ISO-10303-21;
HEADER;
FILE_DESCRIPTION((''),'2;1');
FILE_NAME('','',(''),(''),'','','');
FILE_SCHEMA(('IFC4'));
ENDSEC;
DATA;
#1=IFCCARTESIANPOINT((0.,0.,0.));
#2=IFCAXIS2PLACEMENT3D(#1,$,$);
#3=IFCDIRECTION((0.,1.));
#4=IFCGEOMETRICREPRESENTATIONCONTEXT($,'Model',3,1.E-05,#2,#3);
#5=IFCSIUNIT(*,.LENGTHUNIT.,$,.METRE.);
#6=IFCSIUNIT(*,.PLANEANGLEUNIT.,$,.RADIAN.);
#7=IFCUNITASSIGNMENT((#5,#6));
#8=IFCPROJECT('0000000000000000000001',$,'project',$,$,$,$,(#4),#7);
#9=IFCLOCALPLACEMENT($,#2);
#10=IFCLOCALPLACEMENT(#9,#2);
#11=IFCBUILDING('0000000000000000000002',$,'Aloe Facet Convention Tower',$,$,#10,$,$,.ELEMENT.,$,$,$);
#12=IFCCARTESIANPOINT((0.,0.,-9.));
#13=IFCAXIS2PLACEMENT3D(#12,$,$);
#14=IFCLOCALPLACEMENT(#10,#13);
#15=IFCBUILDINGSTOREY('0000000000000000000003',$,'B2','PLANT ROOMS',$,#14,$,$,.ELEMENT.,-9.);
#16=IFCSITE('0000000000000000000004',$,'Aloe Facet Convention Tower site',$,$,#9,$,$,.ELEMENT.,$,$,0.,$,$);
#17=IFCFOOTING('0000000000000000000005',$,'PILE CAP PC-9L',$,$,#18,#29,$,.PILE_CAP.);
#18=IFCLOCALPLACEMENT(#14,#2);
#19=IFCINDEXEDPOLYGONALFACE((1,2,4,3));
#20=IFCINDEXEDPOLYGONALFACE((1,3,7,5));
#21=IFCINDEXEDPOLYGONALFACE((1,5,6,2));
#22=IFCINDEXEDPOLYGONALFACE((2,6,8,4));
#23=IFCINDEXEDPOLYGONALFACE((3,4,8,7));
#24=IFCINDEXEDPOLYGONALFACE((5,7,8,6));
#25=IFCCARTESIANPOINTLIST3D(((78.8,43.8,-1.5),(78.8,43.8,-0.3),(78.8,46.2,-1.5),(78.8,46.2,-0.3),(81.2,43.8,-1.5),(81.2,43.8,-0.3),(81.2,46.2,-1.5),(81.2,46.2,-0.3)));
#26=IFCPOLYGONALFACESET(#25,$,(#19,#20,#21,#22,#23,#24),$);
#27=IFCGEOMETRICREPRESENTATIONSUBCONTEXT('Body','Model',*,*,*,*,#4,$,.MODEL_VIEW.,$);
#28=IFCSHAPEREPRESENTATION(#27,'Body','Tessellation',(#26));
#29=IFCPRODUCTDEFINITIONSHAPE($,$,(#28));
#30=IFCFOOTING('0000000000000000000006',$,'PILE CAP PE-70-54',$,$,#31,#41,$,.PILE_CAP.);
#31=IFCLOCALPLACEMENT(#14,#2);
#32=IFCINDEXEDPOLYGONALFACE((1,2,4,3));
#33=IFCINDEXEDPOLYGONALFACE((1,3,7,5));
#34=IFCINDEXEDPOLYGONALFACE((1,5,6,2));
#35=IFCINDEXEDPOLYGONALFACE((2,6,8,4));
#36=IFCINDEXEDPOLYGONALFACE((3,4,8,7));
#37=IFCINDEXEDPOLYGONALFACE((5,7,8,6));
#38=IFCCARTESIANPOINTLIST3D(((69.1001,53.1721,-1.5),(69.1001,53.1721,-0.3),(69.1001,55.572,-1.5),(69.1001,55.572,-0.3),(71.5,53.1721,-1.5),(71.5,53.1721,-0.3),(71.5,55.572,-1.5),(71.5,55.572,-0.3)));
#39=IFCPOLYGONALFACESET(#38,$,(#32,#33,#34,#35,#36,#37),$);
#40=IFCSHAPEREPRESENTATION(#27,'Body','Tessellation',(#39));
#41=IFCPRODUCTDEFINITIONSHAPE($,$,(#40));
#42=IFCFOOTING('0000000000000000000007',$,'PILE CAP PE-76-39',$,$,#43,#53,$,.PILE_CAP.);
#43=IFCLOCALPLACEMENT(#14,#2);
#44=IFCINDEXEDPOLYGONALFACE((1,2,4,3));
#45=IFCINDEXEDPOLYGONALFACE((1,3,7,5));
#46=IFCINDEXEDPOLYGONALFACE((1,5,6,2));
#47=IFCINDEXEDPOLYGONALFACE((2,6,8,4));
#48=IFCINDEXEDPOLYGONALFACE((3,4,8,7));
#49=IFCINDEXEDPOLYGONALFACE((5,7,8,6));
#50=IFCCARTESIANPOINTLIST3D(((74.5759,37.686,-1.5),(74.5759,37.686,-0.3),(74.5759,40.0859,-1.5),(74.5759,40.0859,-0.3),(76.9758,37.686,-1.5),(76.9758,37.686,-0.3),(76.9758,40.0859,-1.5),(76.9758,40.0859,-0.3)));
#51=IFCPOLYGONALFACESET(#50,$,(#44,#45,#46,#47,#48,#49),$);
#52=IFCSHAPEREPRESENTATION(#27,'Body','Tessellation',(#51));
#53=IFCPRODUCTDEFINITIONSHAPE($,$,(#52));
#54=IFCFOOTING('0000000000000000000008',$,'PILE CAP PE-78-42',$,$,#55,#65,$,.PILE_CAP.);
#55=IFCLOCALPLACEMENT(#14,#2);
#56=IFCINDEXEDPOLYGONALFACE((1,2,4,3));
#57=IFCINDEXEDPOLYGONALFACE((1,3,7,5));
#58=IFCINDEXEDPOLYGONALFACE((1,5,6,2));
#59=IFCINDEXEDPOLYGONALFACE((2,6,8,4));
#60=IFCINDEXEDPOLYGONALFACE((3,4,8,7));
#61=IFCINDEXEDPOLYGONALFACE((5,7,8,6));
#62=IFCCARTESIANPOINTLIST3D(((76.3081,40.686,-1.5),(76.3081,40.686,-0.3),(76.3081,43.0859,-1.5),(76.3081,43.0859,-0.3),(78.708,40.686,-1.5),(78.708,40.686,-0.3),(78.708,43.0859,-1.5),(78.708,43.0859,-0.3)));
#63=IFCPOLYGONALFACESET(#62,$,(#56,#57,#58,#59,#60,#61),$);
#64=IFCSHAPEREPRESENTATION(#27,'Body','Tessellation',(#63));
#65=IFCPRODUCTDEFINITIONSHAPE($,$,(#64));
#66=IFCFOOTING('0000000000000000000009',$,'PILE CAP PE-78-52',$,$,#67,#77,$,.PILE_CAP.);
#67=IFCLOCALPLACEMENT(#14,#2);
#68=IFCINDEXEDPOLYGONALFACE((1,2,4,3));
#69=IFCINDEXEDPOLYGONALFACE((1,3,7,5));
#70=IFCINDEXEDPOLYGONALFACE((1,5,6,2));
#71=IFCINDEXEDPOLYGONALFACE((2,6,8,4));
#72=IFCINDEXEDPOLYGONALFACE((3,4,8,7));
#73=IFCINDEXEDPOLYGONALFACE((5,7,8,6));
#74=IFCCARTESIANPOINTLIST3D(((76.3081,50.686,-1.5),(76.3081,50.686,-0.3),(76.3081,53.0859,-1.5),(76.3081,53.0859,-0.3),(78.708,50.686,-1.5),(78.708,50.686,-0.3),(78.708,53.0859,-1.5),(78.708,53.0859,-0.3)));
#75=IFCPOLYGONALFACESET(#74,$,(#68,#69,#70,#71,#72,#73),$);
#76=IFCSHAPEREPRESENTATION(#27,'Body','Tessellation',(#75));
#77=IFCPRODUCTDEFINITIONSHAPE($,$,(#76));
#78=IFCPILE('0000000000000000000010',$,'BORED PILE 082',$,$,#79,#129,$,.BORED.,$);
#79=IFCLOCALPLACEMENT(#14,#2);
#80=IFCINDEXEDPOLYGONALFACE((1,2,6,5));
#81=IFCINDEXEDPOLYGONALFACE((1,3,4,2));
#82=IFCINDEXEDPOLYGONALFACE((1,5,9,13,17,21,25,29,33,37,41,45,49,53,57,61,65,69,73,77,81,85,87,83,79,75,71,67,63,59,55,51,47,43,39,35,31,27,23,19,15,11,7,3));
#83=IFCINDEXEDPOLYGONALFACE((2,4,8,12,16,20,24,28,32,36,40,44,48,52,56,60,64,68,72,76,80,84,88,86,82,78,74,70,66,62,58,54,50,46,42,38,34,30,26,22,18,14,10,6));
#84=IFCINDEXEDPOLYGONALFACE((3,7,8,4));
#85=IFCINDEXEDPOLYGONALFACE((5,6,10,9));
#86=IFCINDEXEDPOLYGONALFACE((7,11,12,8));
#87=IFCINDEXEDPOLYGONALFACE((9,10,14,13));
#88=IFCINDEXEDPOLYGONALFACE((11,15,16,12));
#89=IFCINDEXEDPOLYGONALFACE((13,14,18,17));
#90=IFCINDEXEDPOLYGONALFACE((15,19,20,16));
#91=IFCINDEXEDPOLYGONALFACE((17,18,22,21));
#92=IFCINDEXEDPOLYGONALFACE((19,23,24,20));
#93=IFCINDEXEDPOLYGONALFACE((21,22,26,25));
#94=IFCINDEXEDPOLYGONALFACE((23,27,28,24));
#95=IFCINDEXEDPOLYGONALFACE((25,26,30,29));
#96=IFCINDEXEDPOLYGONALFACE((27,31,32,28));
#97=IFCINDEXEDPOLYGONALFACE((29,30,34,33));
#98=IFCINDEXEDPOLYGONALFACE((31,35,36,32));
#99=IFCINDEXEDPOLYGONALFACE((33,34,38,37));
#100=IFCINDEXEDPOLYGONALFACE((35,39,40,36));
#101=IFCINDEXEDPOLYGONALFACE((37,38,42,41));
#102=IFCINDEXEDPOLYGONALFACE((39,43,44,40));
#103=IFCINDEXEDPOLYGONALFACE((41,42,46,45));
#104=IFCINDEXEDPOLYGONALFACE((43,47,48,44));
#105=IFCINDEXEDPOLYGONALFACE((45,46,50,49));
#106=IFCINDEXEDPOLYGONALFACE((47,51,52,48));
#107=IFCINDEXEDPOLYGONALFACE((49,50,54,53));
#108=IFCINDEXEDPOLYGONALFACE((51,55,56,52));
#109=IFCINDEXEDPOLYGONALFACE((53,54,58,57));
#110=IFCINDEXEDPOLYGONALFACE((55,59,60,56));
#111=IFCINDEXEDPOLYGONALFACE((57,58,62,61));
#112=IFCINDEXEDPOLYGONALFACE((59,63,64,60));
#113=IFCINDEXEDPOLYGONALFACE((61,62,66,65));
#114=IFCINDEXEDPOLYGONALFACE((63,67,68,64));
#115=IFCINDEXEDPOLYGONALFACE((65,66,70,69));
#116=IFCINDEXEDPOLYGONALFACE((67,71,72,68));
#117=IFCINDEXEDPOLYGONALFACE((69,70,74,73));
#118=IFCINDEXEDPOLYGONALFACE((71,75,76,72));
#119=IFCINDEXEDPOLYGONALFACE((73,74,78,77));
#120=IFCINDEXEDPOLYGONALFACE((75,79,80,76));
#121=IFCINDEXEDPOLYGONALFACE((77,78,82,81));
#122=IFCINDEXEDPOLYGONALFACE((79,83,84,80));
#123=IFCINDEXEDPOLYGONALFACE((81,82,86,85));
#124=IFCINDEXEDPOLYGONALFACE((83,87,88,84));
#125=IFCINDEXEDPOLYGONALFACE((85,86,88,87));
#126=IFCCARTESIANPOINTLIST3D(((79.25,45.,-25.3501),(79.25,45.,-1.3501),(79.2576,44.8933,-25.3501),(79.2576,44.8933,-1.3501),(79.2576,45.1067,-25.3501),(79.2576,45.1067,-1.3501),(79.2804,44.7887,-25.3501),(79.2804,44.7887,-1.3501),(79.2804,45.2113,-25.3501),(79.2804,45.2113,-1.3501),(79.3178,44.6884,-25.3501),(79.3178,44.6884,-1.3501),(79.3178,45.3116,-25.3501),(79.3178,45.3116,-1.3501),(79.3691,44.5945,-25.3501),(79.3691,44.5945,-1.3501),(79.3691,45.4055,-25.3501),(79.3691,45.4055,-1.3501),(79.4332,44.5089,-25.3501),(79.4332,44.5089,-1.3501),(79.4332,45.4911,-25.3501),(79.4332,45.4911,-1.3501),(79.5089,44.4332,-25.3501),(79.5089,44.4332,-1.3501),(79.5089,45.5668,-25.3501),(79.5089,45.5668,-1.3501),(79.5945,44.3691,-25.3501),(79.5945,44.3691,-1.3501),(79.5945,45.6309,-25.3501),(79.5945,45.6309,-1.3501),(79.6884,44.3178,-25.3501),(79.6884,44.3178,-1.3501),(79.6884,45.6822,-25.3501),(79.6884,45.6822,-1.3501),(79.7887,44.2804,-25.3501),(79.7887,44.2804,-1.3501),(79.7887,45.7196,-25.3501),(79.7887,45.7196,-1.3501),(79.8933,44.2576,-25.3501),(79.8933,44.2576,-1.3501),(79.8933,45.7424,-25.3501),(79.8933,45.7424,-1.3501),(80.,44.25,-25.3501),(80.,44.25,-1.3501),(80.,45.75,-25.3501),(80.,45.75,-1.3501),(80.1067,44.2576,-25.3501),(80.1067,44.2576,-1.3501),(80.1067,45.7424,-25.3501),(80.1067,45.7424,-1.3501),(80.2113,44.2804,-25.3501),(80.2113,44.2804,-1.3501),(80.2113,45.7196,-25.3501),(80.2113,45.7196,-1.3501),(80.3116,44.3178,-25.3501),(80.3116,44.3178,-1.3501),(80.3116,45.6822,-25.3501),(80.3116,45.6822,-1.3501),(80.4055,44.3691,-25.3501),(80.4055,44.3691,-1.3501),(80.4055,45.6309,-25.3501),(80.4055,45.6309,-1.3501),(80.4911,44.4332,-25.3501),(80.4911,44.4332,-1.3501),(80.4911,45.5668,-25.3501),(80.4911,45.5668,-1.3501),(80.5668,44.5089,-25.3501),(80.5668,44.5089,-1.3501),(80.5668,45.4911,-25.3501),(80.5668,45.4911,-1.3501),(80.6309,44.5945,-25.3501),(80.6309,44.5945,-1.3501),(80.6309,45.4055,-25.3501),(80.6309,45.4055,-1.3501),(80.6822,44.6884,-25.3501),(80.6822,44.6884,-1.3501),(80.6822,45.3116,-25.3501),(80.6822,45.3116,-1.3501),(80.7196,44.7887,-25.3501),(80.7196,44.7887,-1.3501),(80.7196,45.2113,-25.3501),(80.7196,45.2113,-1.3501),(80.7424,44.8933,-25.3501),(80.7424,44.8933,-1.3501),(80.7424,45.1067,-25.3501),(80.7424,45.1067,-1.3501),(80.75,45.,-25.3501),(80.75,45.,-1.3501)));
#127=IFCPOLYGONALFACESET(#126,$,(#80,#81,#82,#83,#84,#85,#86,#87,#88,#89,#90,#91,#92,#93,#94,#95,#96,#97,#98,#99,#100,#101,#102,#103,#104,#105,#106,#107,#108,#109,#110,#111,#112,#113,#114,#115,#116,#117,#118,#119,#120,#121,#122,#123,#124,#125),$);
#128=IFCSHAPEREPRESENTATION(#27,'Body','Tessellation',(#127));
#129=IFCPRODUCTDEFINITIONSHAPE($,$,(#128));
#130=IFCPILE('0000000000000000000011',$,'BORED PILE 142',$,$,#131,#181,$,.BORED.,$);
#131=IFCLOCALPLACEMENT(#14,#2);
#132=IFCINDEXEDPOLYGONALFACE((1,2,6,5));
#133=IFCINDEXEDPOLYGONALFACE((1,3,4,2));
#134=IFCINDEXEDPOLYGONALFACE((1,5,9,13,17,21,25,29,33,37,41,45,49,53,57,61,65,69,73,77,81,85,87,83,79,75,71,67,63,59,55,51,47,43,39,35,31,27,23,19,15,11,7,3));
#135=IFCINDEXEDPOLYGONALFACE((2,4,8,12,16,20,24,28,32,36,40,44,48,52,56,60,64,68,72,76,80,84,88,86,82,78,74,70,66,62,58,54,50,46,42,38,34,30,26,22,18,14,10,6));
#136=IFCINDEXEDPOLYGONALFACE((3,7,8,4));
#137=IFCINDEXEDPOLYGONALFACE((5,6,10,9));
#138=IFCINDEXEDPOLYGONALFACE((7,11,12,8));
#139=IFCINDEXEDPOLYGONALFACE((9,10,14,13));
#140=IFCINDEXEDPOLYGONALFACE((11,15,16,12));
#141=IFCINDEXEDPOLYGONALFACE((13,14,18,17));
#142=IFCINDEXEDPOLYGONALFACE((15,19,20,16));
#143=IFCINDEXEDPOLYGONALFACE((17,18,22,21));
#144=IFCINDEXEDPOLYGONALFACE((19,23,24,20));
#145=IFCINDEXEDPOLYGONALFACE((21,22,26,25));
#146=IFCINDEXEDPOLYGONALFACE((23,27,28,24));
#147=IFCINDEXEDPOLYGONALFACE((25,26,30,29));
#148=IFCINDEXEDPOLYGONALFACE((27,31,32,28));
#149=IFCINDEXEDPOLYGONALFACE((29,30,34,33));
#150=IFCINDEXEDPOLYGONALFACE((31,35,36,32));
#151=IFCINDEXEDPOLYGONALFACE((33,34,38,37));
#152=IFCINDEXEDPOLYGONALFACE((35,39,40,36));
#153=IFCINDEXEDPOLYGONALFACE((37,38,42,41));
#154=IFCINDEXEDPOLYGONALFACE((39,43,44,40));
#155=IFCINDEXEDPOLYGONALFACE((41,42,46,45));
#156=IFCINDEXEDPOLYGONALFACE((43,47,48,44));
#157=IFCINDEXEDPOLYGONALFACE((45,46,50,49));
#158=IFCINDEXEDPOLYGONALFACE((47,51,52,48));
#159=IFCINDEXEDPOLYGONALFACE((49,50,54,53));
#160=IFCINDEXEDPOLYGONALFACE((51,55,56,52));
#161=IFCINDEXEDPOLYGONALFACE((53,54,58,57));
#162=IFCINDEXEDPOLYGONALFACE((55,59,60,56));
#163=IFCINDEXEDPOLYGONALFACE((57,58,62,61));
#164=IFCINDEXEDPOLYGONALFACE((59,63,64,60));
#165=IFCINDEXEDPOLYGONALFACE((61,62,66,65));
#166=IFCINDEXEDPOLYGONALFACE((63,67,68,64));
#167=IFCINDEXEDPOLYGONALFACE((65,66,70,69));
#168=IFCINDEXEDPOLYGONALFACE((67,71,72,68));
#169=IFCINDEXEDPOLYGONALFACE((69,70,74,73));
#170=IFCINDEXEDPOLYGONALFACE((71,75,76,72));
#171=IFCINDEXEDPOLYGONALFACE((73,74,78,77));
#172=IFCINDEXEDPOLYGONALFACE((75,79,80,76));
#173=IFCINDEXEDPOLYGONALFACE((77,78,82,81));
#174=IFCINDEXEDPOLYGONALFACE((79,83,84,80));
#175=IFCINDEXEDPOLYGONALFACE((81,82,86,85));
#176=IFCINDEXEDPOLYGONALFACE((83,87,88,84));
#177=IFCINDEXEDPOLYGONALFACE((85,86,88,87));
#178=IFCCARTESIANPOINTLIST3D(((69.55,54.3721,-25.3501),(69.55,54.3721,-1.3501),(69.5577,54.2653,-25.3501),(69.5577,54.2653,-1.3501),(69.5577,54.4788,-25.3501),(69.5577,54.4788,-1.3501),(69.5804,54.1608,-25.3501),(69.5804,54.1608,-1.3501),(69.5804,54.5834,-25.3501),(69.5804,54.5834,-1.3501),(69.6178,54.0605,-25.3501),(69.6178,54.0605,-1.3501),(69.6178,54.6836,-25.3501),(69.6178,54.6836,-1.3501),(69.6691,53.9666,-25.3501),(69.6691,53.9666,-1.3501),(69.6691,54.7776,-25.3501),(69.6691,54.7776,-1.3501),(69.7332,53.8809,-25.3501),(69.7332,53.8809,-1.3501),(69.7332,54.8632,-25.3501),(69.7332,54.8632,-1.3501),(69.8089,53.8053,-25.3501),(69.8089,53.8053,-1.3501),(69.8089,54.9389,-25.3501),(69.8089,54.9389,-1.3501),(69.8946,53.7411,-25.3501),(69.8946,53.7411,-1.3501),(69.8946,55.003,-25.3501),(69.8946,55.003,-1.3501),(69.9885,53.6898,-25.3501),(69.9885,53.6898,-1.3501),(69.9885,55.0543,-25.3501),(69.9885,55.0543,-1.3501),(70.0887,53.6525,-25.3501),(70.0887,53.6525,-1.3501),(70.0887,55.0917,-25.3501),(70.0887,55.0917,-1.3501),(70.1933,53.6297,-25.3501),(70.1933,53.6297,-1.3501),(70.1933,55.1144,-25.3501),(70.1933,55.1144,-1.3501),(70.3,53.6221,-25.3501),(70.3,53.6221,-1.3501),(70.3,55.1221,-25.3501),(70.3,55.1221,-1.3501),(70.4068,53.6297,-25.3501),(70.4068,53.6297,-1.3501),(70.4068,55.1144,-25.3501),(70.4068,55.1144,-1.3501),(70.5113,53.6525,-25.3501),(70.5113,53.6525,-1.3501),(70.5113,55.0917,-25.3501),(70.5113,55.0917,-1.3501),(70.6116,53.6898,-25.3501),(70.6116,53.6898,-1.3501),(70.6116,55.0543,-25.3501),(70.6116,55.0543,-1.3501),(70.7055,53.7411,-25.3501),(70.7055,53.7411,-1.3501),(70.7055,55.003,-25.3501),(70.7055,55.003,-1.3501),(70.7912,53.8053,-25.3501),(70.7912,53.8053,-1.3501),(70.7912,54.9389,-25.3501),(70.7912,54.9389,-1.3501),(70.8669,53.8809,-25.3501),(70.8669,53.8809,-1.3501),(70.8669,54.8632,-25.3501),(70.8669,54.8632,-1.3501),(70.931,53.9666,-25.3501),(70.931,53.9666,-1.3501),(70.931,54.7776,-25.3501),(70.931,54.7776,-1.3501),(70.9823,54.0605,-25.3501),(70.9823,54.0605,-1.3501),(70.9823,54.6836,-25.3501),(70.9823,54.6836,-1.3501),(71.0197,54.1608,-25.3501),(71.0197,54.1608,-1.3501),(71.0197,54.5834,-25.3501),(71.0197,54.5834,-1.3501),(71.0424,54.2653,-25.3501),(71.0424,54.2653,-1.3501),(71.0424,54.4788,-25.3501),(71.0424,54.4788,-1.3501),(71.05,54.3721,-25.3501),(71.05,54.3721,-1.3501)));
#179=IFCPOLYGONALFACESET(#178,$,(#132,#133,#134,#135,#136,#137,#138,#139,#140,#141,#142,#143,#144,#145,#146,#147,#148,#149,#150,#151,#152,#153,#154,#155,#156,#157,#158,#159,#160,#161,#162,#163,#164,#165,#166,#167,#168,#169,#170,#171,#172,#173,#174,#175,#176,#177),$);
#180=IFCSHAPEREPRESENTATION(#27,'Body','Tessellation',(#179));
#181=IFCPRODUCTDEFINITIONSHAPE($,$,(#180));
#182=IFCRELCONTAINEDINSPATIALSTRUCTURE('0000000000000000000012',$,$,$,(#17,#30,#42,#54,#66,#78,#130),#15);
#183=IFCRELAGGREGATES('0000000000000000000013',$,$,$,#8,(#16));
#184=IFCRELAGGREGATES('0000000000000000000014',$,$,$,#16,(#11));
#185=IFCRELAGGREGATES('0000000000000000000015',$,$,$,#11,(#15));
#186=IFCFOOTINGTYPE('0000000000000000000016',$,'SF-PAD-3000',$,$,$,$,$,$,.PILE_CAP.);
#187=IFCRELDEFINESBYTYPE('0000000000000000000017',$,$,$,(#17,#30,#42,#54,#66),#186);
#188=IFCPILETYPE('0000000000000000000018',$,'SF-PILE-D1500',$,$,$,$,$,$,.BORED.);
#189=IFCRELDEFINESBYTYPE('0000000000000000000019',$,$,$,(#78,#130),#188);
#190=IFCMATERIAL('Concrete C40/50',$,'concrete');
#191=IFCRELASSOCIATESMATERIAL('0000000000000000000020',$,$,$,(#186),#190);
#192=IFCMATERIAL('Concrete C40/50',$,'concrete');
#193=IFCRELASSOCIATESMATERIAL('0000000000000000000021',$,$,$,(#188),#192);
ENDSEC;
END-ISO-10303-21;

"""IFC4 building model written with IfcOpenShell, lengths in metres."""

from ifc_helpers import new_model, si_unit, direction, frame, origin, origin_2d, place, context, subcontext, project, spatial, rectangle, circle, extrude, material, material_profile, profile_set, type_object, element, save


model = new_model("IFC4")

# Units and contexts
model_context = context("Model", 3, precision=1e-05, world=origin(), true_north=direction((0.0, 1.0)))
body_context = subcontext(model_context, "Body", "Model", "MODEL_VIEW")
ifc_project = project(units=[si_unit("LENGTHUNIT", "METRE"), si_unit("PLANEANGLEUNIT", "RADIAN")], contexts=[model_context])

# Site, building, storey
site_placement = place(None, origin())
site = spatial("IfcSite", under=ifc_project, at=site_placement, Name="Aloe Facet Convention Tower site", CompositionType="ELEMENT", RefElevation=0.0)
building_placement = place(site_placement, origin())
building = spatial("IfcBuilding", under=site, at=building_placement, Name="Aloe Facet Convention Tower", CompositionType="ELEMENT")
storey_placement = place(building_placement, frame((0.0, 0.0, -9.0)))
storey = spatial("IfcBuildingStorey", under=building, at=storey_placement, Name="B2", Description="PLANT ROOMS", CompositionType="ELEMENT", Elevation=-9.0)

# Footings
ifc_material_1 = material(Name="Concrete C40/50", Category="concrete")
footing_type = type_object("IfcFootingType", Name="SF-PAD-3000", PredefinedType="PILE_CAP", material=ifc_material_1)
for number, where, z_axis, x_axis, name in (
    (1, (80.0, 45.0, -1.5), (0.0, 0.0, 1.0), (1.0, 0.0, 0.0), "PILE CAP PC-9L"),
    (2, (70.3, 54.3721, -1.5), (0.0, 0.0, 1.0), (1.0, 0.0, 0.0), "PILE CAP PE-70-54"),
    (3, (75.7759, 38.886, -1.5), (0.0, 0.0, 1.0), (1.0, 0.0, 0.0), "PILE CAP PE-76-39"),
    (4, (77.5081, 41.886, -1.5), (0.0, 0.0, 1.0), (1.0, 0.0, 0.0), "PILE CAP PE-78-42"),
    (5, (77.5081, 51.886, -1.5), (0.0, 0.0, 1.0), (1.0, 0.0, 0.0), "PILE CAP PE-78-52"),
):
    element("IfcFooting", number, at=place(storey_placement, frame(where, z_axis=z_axis, x_axis=x_axis)), inside=storey, type_object=footing_type, Name=name, PredefinedType="PILE_CAP", context=body_context, shape_type="SweptSolid", body=[
        extrude(rectangle(XDim=2.3999, YDim=2.3999, at=origin_2d()), origin(), (0.0, 0.0, 1.0), 1.2),
    ])

# Piles
ifc_material_2 = material(Name="Concrete C40/50", Category="concrete")
ifc_material_profile_1 = material_profile(ifc_material_2, circle(Radius=0.75, at=origin_2d()), Name="D1500")
ifc_profile_set_1 = profile_set([ifc_material_profile_1], Name="Concrete C40/50")
pile_type = type_object("IfcPileType", Name="SF-PILE-D1500", PredefinedType="BORED", material=ifc_profile_set_1)
for number, where, z_axis, x_axis, name in (
    (6, (80.0, 45.0, -1.3501), (0.0, 0.0, -1.0), (1.0, 0.0, 0.0), "BORED PILE 082"),
    (7, (70.3, 54.3721, -1.3501), (0.0, 0.0, -1.0), (1.0, 0.0, 0.0), "BORED PILE 142"),
):
    element("IfcPile", number, at=place(storey_placement, frame(where, z_axis=z_axis, x_axis=x_axis)), inside=storey, type_object=pile_type, Name=name, PredefinedType="BORED", context=body_context, shape_type="SweptSolid", body=[
        extrude(circle(Radius=0.75, at=origin_2d()), origin(), (0.0, 0.0, 1.0), 24.0),
    ])

save(model, "model.ifc")
